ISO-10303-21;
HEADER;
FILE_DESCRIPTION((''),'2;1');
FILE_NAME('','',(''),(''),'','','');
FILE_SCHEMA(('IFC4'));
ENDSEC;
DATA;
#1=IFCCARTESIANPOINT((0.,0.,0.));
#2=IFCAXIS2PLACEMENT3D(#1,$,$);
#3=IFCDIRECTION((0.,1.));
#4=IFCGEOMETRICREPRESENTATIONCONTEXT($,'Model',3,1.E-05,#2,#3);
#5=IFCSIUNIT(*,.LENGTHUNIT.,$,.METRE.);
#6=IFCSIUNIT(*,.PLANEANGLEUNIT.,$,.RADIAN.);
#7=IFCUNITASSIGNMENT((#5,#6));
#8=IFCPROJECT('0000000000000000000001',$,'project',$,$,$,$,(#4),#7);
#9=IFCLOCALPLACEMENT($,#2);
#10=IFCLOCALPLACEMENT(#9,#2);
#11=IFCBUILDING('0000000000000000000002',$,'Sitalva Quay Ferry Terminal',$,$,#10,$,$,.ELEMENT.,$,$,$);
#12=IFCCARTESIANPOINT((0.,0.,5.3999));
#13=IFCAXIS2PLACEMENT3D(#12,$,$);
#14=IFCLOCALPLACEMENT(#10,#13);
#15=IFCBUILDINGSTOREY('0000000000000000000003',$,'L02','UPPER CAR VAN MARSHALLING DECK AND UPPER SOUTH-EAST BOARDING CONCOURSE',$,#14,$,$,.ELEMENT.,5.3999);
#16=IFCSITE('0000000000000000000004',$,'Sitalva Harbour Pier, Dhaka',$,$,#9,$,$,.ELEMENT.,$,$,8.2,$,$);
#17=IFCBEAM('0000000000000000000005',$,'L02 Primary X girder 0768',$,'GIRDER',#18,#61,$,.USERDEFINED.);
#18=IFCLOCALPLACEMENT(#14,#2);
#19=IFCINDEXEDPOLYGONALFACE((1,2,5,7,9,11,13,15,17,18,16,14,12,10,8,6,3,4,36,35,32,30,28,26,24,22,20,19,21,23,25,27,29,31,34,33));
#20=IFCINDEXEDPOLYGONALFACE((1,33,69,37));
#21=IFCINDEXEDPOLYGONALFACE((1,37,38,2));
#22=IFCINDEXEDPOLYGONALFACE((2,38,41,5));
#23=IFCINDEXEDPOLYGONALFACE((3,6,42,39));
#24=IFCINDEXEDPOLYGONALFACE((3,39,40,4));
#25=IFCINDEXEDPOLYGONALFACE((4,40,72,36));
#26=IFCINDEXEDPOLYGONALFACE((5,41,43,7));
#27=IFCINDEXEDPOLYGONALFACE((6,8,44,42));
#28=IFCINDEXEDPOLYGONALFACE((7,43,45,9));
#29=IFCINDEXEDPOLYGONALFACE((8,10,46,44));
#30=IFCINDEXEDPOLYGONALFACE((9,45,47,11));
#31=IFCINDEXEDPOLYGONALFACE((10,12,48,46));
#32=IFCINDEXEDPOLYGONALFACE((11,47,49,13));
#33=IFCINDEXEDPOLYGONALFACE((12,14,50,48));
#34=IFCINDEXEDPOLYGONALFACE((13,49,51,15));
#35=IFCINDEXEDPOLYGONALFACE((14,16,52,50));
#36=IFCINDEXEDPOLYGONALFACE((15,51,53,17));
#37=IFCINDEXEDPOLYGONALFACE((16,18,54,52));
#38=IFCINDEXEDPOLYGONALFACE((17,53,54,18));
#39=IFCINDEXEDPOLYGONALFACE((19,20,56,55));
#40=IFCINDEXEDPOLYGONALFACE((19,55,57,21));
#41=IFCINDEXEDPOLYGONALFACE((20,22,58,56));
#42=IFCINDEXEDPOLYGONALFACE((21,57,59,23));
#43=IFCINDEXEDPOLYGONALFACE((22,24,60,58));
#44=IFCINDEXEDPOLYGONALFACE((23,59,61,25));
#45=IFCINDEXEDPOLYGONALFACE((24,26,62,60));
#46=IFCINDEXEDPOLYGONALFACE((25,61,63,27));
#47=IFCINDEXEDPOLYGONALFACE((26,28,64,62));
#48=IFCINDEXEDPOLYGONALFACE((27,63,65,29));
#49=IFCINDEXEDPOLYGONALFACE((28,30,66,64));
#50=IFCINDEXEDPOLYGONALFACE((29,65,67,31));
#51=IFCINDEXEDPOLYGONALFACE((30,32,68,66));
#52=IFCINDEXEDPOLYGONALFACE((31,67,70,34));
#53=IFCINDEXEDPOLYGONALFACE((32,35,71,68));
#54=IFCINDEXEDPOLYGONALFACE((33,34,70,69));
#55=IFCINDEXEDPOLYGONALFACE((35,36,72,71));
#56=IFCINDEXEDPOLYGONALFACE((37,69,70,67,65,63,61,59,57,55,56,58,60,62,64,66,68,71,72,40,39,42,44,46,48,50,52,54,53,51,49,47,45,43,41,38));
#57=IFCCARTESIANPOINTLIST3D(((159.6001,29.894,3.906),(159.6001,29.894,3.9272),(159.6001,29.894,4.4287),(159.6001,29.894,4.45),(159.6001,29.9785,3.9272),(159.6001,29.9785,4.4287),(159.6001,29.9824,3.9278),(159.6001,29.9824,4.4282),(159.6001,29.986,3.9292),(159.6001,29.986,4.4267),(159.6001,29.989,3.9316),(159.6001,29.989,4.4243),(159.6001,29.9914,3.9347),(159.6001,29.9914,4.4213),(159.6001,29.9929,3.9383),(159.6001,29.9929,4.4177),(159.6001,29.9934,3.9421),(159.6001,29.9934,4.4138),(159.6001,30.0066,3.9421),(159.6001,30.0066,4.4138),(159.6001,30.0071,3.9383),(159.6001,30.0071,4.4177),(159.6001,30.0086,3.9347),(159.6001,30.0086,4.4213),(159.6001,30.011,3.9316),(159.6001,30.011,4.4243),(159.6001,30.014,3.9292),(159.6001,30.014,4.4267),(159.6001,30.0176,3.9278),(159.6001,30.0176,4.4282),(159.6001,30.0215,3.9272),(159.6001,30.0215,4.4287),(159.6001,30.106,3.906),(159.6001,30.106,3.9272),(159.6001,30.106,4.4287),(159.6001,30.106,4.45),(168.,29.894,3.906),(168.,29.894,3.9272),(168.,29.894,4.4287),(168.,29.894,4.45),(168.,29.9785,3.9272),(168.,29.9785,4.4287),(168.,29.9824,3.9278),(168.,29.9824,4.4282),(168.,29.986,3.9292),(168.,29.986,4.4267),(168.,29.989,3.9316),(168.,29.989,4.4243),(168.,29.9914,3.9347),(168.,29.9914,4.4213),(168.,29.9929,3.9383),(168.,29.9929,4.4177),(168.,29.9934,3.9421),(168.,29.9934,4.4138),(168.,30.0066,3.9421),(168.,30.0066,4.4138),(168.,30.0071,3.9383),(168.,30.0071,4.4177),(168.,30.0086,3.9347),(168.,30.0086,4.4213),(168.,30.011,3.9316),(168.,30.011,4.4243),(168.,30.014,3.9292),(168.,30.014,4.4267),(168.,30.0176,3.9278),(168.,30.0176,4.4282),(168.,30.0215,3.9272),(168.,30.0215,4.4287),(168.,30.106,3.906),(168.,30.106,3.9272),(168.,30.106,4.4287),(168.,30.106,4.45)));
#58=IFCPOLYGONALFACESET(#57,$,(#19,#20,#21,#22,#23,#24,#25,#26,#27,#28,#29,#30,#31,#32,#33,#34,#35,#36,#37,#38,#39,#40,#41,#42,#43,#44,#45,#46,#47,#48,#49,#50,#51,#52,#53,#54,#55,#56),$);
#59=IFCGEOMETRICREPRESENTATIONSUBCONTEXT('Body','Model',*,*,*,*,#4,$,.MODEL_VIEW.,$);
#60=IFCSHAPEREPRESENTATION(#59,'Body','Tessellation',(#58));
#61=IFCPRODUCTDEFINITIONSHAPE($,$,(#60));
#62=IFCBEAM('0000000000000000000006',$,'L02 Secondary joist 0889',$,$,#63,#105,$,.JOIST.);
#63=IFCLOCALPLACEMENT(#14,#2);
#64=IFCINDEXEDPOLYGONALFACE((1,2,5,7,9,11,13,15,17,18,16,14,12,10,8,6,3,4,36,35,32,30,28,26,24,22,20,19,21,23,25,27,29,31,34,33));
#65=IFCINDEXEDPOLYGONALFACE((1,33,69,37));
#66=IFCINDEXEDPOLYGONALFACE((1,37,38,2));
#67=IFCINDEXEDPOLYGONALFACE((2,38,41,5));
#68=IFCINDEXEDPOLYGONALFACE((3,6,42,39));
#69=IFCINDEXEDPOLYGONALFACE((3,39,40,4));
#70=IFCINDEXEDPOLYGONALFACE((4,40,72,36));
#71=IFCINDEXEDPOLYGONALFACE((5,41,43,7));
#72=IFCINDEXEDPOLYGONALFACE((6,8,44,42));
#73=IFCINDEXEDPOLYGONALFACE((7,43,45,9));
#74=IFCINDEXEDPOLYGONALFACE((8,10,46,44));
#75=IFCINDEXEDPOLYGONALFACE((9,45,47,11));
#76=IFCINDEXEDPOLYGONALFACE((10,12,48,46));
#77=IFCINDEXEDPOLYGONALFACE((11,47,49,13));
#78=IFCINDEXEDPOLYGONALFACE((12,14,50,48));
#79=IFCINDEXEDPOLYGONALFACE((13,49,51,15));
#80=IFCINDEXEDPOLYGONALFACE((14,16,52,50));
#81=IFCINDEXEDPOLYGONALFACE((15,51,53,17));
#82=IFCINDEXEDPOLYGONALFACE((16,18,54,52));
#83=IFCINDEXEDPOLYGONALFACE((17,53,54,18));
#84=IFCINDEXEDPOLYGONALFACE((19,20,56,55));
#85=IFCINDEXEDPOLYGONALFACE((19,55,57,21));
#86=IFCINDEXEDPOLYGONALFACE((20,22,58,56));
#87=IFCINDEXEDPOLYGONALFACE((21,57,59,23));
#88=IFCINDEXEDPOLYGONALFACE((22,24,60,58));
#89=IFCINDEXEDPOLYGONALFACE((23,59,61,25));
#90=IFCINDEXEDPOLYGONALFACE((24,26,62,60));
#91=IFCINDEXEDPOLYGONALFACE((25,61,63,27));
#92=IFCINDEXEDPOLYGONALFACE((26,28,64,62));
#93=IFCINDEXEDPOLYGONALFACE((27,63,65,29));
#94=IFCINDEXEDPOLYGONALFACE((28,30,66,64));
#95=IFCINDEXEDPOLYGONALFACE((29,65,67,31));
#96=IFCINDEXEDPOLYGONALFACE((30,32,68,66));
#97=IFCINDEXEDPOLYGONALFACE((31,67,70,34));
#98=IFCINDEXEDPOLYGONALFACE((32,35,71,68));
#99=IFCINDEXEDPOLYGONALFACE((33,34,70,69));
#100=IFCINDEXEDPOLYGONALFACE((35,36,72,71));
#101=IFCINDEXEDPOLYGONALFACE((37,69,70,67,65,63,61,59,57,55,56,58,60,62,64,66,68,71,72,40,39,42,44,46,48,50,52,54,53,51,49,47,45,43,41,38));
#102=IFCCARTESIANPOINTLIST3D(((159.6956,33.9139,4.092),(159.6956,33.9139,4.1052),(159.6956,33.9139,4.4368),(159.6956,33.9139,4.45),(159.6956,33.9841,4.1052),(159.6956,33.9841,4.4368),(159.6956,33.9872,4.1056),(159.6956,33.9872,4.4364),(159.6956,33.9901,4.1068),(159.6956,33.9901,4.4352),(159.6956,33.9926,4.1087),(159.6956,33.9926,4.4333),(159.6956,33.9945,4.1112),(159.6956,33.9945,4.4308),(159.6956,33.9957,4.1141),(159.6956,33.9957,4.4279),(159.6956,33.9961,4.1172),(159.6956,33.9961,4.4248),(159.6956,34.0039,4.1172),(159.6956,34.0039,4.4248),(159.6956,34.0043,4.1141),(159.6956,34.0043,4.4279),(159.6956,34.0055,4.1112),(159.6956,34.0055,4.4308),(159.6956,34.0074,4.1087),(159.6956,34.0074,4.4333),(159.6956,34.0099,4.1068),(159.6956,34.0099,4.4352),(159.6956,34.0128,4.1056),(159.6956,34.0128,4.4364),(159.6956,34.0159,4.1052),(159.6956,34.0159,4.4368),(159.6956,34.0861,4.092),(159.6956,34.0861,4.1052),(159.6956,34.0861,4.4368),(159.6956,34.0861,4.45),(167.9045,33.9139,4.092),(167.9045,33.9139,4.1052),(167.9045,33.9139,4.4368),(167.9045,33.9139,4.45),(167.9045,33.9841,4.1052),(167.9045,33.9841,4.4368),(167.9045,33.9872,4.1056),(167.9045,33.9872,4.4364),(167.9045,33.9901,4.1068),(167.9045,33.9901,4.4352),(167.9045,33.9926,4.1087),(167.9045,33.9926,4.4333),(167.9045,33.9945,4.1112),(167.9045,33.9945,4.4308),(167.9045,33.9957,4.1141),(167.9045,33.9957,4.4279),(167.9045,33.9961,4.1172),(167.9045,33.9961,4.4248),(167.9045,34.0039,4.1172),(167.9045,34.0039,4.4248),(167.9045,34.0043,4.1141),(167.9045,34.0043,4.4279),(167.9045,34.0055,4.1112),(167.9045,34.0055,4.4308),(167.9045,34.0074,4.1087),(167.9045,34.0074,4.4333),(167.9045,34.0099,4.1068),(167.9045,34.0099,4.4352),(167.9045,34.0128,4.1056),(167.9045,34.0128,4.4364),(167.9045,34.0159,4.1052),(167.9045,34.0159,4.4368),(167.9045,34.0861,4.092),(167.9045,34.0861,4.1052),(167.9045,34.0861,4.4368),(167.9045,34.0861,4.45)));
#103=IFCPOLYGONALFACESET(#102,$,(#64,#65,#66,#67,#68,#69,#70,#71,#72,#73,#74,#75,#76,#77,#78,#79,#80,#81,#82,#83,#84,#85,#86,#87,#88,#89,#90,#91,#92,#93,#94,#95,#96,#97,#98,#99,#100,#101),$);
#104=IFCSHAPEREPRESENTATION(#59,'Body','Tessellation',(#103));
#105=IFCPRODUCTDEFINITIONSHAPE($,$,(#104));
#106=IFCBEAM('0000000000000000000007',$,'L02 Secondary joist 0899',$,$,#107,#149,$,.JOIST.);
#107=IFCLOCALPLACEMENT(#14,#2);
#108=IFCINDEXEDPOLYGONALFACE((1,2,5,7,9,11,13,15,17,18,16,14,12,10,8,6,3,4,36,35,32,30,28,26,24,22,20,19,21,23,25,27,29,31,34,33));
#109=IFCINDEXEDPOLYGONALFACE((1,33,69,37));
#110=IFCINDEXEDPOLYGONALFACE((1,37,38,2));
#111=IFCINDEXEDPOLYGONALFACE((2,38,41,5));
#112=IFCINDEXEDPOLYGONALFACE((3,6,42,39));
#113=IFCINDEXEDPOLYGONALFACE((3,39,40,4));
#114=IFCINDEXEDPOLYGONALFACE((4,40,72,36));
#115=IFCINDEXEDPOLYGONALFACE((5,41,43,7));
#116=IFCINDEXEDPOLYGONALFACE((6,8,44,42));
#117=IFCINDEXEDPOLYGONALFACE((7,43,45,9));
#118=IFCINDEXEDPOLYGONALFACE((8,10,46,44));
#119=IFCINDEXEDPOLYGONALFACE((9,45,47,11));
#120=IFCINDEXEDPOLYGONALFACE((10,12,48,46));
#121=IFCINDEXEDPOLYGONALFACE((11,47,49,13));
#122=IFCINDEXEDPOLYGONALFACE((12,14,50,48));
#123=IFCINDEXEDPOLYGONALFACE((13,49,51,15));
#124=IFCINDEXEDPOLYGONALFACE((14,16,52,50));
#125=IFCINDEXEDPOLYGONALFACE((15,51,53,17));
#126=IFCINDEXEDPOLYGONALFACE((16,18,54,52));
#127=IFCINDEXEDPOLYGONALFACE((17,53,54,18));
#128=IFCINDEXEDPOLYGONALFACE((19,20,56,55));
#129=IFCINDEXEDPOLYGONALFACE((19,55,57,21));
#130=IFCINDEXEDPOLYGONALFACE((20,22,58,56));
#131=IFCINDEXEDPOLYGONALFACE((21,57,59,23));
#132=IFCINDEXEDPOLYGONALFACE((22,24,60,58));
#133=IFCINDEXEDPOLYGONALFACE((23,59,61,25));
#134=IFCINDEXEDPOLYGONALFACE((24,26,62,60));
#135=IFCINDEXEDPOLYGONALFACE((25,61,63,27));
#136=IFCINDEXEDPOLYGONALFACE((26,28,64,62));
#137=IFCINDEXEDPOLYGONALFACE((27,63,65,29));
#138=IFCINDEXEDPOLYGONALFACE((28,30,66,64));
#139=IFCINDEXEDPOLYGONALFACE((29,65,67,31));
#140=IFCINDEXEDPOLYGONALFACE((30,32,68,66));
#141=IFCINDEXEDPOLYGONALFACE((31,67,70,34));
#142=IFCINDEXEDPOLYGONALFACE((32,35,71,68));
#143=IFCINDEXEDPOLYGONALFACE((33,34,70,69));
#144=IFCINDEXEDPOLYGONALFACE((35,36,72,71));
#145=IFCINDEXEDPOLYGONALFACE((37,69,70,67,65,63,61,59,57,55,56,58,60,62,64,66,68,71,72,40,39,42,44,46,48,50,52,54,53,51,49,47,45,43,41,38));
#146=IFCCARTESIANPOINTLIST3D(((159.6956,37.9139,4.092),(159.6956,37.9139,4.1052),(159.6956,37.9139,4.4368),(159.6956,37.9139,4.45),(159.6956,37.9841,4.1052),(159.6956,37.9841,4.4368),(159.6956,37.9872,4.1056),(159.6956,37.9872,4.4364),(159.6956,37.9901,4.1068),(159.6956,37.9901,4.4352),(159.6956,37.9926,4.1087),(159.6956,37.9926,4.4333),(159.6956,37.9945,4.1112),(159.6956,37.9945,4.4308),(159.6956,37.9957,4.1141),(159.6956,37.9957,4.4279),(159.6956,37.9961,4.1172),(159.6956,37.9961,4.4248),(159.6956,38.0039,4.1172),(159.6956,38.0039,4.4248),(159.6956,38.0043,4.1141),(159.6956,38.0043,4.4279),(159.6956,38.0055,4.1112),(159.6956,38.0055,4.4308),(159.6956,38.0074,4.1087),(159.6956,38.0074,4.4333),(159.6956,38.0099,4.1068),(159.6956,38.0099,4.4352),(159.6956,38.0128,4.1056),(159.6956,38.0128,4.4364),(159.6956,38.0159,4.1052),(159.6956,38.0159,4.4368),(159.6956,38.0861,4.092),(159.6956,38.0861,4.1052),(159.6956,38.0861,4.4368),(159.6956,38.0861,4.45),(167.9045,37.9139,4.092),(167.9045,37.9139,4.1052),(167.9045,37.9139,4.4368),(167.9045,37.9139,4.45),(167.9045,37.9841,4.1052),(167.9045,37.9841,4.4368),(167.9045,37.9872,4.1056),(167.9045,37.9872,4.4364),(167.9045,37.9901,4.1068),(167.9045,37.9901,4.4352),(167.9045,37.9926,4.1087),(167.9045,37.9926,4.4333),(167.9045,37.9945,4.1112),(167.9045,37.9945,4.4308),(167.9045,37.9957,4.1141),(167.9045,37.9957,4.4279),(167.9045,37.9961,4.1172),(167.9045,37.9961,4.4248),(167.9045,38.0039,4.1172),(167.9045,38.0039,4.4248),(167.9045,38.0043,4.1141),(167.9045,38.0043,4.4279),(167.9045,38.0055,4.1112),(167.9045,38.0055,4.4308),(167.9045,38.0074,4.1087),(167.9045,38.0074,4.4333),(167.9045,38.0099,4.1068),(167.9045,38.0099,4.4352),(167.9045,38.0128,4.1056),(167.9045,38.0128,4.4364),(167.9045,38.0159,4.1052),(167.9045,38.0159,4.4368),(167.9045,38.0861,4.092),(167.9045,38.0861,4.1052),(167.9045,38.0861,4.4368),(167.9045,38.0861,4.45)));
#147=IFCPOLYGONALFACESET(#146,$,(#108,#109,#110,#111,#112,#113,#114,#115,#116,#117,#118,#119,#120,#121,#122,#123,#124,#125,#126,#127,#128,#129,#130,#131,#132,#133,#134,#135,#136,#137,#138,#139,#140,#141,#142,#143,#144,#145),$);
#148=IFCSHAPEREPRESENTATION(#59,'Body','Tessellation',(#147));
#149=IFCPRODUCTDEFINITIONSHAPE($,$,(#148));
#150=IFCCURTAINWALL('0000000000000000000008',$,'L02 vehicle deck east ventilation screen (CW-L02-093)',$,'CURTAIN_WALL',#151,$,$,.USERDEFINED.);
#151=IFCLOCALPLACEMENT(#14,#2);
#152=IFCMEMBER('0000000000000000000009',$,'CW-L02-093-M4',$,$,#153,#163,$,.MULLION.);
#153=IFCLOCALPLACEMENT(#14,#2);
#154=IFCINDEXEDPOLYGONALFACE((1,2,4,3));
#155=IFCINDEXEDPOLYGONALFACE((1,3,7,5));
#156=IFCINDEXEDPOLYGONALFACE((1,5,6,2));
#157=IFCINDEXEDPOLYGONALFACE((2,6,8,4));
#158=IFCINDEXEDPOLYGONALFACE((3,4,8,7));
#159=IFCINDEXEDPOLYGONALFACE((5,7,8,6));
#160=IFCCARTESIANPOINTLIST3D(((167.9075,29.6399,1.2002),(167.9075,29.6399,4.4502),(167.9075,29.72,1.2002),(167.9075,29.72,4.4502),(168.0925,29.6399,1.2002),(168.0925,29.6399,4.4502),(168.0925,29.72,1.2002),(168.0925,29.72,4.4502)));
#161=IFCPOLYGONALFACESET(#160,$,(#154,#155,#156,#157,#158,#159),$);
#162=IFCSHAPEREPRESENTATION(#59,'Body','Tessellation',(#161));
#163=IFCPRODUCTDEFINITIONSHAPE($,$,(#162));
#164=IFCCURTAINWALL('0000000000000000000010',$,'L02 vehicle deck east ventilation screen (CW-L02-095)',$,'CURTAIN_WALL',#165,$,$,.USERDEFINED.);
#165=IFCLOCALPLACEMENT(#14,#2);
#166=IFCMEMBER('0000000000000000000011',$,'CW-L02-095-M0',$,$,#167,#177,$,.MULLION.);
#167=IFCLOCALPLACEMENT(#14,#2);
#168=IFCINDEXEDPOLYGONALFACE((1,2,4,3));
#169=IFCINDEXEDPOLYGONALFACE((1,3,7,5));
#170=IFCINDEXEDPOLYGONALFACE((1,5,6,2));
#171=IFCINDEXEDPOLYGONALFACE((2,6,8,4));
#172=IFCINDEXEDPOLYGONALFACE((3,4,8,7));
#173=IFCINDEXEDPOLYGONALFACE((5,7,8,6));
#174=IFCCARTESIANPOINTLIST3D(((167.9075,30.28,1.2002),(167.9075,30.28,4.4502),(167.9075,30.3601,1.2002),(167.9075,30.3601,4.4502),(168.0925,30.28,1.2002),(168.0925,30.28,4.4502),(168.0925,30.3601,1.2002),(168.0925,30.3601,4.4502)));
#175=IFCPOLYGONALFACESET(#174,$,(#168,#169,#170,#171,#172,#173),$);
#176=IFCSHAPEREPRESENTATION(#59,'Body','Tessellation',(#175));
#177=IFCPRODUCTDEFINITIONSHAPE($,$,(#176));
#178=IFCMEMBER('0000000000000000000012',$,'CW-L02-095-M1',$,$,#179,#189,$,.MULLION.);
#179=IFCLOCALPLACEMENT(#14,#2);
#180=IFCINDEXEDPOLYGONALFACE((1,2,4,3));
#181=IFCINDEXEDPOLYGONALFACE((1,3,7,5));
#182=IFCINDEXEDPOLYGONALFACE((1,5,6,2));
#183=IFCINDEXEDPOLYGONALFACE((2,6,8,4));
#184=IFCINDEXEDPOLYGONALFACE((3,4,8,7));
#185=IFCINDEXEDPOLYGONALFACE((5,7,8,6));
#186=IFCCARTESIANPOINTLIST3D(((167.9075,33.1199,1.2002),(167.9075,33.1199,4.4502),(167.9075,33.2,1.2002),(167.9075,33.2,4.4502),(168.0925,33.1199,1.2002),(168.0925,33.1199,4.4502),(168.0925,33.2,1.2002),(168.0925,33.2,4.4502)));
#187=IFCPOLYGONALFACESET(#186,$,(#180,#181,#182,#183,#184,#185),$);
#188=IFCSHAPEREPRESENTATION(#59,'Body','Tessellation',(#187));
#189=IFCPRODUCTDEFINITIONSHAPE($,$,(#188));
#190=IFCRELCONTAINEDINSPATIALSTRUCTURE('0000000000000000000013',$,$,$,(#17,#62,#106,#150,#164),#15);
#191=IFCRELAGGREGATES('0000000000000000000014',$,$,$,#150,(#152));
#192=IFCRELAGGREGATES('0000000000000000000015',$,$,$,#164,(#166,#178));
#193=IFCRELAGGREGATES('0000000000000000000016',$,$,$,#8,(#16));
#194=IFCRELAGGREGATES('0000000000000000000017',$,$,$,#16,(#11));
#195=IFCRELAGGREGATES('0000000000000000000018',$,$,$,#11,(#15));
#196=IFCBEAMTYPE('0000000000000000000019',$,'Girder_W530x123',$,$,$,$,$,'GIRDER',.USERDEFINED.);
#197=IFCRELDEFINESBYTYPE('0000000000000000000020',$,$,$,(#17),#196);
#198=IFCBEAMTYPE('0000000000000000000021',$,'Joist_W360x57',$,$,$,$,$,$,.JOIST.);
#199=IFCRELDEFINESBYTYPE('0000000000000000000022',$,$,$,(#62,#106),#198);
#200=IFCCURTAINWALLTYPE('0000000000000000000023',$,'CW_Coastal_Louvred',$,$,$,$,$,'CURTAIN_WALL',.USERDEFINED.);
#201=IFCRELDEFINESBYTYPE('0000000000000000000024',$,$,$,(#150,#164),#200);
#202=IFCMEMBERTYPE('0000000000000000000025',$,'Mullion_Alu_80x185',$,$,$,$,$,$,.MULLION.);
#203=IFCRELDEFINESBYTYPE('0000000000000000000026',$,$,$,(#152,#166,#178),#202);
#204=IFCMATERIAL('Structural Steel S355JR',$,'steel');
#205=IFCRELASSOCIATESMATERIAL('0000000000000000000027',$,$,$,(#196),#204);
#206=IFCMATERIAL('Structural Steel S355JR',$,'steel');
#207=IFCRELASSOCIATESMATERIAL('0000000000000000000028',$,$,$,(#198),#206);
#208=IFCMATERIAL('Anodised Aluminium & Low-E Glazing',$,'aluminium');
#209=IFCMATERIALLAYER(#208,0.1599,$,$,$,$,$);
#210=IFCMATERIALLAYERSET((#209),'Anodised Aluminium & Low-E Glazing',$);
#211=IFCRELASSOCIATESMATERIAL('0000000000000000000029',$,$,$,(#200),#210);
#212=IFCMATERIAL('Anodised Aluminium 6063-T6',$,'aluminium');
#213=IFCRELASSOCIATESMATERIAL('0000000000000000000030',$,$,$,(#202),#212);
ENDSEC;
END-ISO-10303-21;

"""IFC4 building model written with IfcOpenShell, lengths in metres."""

from ifc_helpers import new_model, si_unit, direction, frame, origin, origin_2d, place, context, subcontext, project, spatial, rectangle, i_section, extrude, material, layer, layer_set, material_profile, profile_set, type_object, element, aggregate, save


model = new_model("IFC4")

# Units and contexts
model_context = context("Model", 3, precision=1e-05, world=origin(), true_north=direction((0.0, 1.0)))
body_context = subcontext(model_context, "Body", "Model", "MODEL_VIEW")
ifc_project = project(units=[si_unit("LENGTHUNIT", "METRE"), si_unit("PLANEANGLEUNIT", "RADIAN")], contexts=[model_context])

# Site, building, storey
site_placement = place(None, origin())
site = spatial("IfcSite", under=ifc_project, at=site_placement, Name="Sitalva Harbour Pier, Dhaka", CompositionType="ELEMENT", RefElevation=8.2)
building_placement = place(site_placement, origin())
building = spatial("IfcBuilding", under=site, at=building_placement, Name="Sitalva Quay Ferry Terminal", CompositionType="ELEMENT")
storey_placement = place(building_placement, frame((0.0, 0.0, 5.3999)))
storey = spatial("IfcBuildingStorey", under=building, at=storey_placement, Name="L02", Description="UPPER CAR VAN MARSHALLING DECK AND UPPER SOUTH-EAST BOARDING CONCOURSE", CompositionType="ELEMENT", Elevation=5.3999)

# Beams
ifc_material_1 = material(Name="Structural Steel S355JR", Category="steel")
ifc_material_profile_1 = material_profile(ifc_material_1, i_section(OverallWidth=0.2119, OverallDepth=0.5439, WebThickness=0.0132, FlangeThickness=0.0212, FilletRadius=0.0149, at=origin_2d()), Name="W530x123")
ifc_profile_set_1 = profile_set([ifc_material_profile_1], Name="Structural Steel S355JR")
beam_type_1 = type_object("IfcBeamType", Name="Girder_W530x123", ElementType="GIRDER", PredefinedType="USERDEFINED", material=ifc_profile_set_1)
beam_placement = place(storey_placement, frame((159.6001, 30.0, 4.178), z_axis=(1.0, 0.0, 0.0), x_axis=(0.0, 1.0, 0.0)))
element("IfcBeam", 1, at=beam_placement, inside=storey, type_object=beam_type_1, Name="L02 Primary X girder 0768", ObjectType="GIRDER", PredefinedType="USERDEFINED", context=body_context, shape_type="SweptSolid", body=[
    extrude(i_section(OverallWidth=0.2119, OverallDepth=0.5439, WebThickness=0.0132, FlangeThickness=0.0212, FilletRadius=0.0149, at=origin_2d()), origin(), (0.0, 0.0, 1.0), 8.3999),
])
ifc_material_2 = material(Name="Structural Steel S355JR", Category="steel")
ifc_material_profile_2 = material_profile(ifc_material_2, i_section(OverallWidth=0.1721, OverallDepth=0.3579, WebThickness=0.0078, FlangeThickness=0.0132, FilletRadius=0.012, at=origin_2d()), Name="W360x57")
ifc_profile_set_2 = profile_set([ifc_material_profile_2], Name="Structural Steel S355JR")
beam_type_2 = type_object("IfcBeamType", Name="Joist_W360x57", PredefinedType="JOIST", material=ifc_profile_set_2)
for number, where, z_axis, x_axis, name in (
    (2, (159.6956, 34.0, 4.271), (1.0, 0.0, 0.0), (0.0, 1.0, 0.0), "L02 Secondary joist 0889"),
    (3, (159.6956, 38.0, 4.271), (1.0, 0.0, 0.0), (0.0, 1.0, 0.0), "L02 Secondary joist 0899"),
):
    element("IfcBeam", number, at=place(storey_placement, frame(where, z_axis=z_axis, x_axis=x_axis)), inside=storey, type_object=beam_type_2, Name=name, PredefinedType="JOIST", context=body_context, shape_type="SweptSolid", body=[
        extrude(i_section(OverallWidth=0.1721, OverallDepth=0.3579, WebThickness=0.0078, FlangeThickness=0.0132, FilletRadius=0.012, at=origin_2d()), origin(), (0.0, 0.0, 1.0), 8.209),
    ])

# Curtain wall, member
ifc_material_3 = material(Name="Anodised Aluminium & Low-E Glazing", Category="aluminium")
ifc_layer_1 = layer(ifc_material_3, 0.1599)
ifc_layer_set_1 = layer_set([ifc_layer_1], Name="Anodised Aluminium & Low-E Glazing")
curtain_wall_type = type_object("IfcCurtainWallType", Name="CW_Coastal_Louvred", ElementType="CURTAIN_WALL", PredefinedType="USERDEFINED", material=ifc_layer_set_1)
curtain_wall_1_placement = place(storey_placement, origin())
curtain_wall_1 = element("IfcCurtainWall", 4, at=curtain_wall_1_placement, inside=storey, type_object=curtain_wall_type, Name="L02 vehicle deck east ventilation screen (CW-L02-093)", ObjectType="CURTAIN_WALL", PredefinedType="USERDEFINED")
ifc_material_4 = material(Name="Anodised Aluminium 6063-T6", Category="aluminium")
ifc_material_profile_3 = material_profile(ifc_material_4, rectangle(XDim=0.0801, YDim=0.1851, at=origin_2d()), Name="ALU80x185")
ifc_profile_set_3 = profile_set([ifc_material_profile_3], Name="Anodised Aluminium 6063-T6")
member_type_1 = type_object("IfcMemberType", Name="Mullion_Alu_80x185", PredefinedType="MULLION", material=ifc_profile_set_3)
member_1_placement = place(storey_placement, frame((168.0, 29.6799, 1.2002), z_axis=(0.0, 0.0, 1.0), x_axis=(0.0, 1.0, 0.0)))
member_1 = element("IfcMember", 5, at=member_1_placement, type_object=member_type_1, Name="CW-L02-093-M4", PredefinedType="MULLION", context=body_context, shape_type="SweptSolid", body=[
    extrude(rectangle(XDim=0.0801, YDim=0.1851, at=origin_2d()), origin(), (0.0, 0.0, 1.0), 3.25),
])
aggregate(curtain_wall_1, [member_1])

# Curtain wall, members
curtain_wall_2_placement = place(storey_placement, origin())
curtain_wall_2 = element("IfcCurtainWall", 6, at=curtain_wall_2_placement, inside=storey, type_object=curtain_wall_type, Name="L02 vehicle deck east ventilation screen (CW-L02-095)", ObjectType="CURTAIN_WALL", PredefinedType="USERDEFINED")
member_2_placement = place(storey_placement, frame((168.0, 30.3201, 1.2002), z_axis=(0.0, 0.0, 1.0), x_axis=(0.0, 1.0, 0.0)))
member_2 = element("IfcMember", 7, at=member_2_placement, type_object=member_type_1, Name="CW-L02-095-M0", PredefinedType="MULLION", context=body_context, shape_type="SweptSolid", body=[
    extrude(rectangle(XDim=0.0801, YDim=0.1851, at=origin_2d()), origin(), (0.0, 0.0, 1.0), 3.25),
])
member_3_placement = place(storey_placement, frame((168.0, 33.1599, 1.2002), z_axis=(0.0, 0.0, 1.0), x_axis=(0.0, 1.0, 0.0)))
member_3 = element("IfcMember", 8, at=member_3_placement, type_object=member_type_1, Name="CW-L02-095-M1", PredefinedType="MULLION", context=body_context, shape_type="SweptSolid", body=[
    extrude(rectangle(XDim=0.0801, YDim=0.1851, at=origin_2d()), origin(), (0.0, 0.0, 1.0), 3.25),
])
aggregate(curtain_wall_2, [member_2, member_3])

save(model, "model.ifc")
